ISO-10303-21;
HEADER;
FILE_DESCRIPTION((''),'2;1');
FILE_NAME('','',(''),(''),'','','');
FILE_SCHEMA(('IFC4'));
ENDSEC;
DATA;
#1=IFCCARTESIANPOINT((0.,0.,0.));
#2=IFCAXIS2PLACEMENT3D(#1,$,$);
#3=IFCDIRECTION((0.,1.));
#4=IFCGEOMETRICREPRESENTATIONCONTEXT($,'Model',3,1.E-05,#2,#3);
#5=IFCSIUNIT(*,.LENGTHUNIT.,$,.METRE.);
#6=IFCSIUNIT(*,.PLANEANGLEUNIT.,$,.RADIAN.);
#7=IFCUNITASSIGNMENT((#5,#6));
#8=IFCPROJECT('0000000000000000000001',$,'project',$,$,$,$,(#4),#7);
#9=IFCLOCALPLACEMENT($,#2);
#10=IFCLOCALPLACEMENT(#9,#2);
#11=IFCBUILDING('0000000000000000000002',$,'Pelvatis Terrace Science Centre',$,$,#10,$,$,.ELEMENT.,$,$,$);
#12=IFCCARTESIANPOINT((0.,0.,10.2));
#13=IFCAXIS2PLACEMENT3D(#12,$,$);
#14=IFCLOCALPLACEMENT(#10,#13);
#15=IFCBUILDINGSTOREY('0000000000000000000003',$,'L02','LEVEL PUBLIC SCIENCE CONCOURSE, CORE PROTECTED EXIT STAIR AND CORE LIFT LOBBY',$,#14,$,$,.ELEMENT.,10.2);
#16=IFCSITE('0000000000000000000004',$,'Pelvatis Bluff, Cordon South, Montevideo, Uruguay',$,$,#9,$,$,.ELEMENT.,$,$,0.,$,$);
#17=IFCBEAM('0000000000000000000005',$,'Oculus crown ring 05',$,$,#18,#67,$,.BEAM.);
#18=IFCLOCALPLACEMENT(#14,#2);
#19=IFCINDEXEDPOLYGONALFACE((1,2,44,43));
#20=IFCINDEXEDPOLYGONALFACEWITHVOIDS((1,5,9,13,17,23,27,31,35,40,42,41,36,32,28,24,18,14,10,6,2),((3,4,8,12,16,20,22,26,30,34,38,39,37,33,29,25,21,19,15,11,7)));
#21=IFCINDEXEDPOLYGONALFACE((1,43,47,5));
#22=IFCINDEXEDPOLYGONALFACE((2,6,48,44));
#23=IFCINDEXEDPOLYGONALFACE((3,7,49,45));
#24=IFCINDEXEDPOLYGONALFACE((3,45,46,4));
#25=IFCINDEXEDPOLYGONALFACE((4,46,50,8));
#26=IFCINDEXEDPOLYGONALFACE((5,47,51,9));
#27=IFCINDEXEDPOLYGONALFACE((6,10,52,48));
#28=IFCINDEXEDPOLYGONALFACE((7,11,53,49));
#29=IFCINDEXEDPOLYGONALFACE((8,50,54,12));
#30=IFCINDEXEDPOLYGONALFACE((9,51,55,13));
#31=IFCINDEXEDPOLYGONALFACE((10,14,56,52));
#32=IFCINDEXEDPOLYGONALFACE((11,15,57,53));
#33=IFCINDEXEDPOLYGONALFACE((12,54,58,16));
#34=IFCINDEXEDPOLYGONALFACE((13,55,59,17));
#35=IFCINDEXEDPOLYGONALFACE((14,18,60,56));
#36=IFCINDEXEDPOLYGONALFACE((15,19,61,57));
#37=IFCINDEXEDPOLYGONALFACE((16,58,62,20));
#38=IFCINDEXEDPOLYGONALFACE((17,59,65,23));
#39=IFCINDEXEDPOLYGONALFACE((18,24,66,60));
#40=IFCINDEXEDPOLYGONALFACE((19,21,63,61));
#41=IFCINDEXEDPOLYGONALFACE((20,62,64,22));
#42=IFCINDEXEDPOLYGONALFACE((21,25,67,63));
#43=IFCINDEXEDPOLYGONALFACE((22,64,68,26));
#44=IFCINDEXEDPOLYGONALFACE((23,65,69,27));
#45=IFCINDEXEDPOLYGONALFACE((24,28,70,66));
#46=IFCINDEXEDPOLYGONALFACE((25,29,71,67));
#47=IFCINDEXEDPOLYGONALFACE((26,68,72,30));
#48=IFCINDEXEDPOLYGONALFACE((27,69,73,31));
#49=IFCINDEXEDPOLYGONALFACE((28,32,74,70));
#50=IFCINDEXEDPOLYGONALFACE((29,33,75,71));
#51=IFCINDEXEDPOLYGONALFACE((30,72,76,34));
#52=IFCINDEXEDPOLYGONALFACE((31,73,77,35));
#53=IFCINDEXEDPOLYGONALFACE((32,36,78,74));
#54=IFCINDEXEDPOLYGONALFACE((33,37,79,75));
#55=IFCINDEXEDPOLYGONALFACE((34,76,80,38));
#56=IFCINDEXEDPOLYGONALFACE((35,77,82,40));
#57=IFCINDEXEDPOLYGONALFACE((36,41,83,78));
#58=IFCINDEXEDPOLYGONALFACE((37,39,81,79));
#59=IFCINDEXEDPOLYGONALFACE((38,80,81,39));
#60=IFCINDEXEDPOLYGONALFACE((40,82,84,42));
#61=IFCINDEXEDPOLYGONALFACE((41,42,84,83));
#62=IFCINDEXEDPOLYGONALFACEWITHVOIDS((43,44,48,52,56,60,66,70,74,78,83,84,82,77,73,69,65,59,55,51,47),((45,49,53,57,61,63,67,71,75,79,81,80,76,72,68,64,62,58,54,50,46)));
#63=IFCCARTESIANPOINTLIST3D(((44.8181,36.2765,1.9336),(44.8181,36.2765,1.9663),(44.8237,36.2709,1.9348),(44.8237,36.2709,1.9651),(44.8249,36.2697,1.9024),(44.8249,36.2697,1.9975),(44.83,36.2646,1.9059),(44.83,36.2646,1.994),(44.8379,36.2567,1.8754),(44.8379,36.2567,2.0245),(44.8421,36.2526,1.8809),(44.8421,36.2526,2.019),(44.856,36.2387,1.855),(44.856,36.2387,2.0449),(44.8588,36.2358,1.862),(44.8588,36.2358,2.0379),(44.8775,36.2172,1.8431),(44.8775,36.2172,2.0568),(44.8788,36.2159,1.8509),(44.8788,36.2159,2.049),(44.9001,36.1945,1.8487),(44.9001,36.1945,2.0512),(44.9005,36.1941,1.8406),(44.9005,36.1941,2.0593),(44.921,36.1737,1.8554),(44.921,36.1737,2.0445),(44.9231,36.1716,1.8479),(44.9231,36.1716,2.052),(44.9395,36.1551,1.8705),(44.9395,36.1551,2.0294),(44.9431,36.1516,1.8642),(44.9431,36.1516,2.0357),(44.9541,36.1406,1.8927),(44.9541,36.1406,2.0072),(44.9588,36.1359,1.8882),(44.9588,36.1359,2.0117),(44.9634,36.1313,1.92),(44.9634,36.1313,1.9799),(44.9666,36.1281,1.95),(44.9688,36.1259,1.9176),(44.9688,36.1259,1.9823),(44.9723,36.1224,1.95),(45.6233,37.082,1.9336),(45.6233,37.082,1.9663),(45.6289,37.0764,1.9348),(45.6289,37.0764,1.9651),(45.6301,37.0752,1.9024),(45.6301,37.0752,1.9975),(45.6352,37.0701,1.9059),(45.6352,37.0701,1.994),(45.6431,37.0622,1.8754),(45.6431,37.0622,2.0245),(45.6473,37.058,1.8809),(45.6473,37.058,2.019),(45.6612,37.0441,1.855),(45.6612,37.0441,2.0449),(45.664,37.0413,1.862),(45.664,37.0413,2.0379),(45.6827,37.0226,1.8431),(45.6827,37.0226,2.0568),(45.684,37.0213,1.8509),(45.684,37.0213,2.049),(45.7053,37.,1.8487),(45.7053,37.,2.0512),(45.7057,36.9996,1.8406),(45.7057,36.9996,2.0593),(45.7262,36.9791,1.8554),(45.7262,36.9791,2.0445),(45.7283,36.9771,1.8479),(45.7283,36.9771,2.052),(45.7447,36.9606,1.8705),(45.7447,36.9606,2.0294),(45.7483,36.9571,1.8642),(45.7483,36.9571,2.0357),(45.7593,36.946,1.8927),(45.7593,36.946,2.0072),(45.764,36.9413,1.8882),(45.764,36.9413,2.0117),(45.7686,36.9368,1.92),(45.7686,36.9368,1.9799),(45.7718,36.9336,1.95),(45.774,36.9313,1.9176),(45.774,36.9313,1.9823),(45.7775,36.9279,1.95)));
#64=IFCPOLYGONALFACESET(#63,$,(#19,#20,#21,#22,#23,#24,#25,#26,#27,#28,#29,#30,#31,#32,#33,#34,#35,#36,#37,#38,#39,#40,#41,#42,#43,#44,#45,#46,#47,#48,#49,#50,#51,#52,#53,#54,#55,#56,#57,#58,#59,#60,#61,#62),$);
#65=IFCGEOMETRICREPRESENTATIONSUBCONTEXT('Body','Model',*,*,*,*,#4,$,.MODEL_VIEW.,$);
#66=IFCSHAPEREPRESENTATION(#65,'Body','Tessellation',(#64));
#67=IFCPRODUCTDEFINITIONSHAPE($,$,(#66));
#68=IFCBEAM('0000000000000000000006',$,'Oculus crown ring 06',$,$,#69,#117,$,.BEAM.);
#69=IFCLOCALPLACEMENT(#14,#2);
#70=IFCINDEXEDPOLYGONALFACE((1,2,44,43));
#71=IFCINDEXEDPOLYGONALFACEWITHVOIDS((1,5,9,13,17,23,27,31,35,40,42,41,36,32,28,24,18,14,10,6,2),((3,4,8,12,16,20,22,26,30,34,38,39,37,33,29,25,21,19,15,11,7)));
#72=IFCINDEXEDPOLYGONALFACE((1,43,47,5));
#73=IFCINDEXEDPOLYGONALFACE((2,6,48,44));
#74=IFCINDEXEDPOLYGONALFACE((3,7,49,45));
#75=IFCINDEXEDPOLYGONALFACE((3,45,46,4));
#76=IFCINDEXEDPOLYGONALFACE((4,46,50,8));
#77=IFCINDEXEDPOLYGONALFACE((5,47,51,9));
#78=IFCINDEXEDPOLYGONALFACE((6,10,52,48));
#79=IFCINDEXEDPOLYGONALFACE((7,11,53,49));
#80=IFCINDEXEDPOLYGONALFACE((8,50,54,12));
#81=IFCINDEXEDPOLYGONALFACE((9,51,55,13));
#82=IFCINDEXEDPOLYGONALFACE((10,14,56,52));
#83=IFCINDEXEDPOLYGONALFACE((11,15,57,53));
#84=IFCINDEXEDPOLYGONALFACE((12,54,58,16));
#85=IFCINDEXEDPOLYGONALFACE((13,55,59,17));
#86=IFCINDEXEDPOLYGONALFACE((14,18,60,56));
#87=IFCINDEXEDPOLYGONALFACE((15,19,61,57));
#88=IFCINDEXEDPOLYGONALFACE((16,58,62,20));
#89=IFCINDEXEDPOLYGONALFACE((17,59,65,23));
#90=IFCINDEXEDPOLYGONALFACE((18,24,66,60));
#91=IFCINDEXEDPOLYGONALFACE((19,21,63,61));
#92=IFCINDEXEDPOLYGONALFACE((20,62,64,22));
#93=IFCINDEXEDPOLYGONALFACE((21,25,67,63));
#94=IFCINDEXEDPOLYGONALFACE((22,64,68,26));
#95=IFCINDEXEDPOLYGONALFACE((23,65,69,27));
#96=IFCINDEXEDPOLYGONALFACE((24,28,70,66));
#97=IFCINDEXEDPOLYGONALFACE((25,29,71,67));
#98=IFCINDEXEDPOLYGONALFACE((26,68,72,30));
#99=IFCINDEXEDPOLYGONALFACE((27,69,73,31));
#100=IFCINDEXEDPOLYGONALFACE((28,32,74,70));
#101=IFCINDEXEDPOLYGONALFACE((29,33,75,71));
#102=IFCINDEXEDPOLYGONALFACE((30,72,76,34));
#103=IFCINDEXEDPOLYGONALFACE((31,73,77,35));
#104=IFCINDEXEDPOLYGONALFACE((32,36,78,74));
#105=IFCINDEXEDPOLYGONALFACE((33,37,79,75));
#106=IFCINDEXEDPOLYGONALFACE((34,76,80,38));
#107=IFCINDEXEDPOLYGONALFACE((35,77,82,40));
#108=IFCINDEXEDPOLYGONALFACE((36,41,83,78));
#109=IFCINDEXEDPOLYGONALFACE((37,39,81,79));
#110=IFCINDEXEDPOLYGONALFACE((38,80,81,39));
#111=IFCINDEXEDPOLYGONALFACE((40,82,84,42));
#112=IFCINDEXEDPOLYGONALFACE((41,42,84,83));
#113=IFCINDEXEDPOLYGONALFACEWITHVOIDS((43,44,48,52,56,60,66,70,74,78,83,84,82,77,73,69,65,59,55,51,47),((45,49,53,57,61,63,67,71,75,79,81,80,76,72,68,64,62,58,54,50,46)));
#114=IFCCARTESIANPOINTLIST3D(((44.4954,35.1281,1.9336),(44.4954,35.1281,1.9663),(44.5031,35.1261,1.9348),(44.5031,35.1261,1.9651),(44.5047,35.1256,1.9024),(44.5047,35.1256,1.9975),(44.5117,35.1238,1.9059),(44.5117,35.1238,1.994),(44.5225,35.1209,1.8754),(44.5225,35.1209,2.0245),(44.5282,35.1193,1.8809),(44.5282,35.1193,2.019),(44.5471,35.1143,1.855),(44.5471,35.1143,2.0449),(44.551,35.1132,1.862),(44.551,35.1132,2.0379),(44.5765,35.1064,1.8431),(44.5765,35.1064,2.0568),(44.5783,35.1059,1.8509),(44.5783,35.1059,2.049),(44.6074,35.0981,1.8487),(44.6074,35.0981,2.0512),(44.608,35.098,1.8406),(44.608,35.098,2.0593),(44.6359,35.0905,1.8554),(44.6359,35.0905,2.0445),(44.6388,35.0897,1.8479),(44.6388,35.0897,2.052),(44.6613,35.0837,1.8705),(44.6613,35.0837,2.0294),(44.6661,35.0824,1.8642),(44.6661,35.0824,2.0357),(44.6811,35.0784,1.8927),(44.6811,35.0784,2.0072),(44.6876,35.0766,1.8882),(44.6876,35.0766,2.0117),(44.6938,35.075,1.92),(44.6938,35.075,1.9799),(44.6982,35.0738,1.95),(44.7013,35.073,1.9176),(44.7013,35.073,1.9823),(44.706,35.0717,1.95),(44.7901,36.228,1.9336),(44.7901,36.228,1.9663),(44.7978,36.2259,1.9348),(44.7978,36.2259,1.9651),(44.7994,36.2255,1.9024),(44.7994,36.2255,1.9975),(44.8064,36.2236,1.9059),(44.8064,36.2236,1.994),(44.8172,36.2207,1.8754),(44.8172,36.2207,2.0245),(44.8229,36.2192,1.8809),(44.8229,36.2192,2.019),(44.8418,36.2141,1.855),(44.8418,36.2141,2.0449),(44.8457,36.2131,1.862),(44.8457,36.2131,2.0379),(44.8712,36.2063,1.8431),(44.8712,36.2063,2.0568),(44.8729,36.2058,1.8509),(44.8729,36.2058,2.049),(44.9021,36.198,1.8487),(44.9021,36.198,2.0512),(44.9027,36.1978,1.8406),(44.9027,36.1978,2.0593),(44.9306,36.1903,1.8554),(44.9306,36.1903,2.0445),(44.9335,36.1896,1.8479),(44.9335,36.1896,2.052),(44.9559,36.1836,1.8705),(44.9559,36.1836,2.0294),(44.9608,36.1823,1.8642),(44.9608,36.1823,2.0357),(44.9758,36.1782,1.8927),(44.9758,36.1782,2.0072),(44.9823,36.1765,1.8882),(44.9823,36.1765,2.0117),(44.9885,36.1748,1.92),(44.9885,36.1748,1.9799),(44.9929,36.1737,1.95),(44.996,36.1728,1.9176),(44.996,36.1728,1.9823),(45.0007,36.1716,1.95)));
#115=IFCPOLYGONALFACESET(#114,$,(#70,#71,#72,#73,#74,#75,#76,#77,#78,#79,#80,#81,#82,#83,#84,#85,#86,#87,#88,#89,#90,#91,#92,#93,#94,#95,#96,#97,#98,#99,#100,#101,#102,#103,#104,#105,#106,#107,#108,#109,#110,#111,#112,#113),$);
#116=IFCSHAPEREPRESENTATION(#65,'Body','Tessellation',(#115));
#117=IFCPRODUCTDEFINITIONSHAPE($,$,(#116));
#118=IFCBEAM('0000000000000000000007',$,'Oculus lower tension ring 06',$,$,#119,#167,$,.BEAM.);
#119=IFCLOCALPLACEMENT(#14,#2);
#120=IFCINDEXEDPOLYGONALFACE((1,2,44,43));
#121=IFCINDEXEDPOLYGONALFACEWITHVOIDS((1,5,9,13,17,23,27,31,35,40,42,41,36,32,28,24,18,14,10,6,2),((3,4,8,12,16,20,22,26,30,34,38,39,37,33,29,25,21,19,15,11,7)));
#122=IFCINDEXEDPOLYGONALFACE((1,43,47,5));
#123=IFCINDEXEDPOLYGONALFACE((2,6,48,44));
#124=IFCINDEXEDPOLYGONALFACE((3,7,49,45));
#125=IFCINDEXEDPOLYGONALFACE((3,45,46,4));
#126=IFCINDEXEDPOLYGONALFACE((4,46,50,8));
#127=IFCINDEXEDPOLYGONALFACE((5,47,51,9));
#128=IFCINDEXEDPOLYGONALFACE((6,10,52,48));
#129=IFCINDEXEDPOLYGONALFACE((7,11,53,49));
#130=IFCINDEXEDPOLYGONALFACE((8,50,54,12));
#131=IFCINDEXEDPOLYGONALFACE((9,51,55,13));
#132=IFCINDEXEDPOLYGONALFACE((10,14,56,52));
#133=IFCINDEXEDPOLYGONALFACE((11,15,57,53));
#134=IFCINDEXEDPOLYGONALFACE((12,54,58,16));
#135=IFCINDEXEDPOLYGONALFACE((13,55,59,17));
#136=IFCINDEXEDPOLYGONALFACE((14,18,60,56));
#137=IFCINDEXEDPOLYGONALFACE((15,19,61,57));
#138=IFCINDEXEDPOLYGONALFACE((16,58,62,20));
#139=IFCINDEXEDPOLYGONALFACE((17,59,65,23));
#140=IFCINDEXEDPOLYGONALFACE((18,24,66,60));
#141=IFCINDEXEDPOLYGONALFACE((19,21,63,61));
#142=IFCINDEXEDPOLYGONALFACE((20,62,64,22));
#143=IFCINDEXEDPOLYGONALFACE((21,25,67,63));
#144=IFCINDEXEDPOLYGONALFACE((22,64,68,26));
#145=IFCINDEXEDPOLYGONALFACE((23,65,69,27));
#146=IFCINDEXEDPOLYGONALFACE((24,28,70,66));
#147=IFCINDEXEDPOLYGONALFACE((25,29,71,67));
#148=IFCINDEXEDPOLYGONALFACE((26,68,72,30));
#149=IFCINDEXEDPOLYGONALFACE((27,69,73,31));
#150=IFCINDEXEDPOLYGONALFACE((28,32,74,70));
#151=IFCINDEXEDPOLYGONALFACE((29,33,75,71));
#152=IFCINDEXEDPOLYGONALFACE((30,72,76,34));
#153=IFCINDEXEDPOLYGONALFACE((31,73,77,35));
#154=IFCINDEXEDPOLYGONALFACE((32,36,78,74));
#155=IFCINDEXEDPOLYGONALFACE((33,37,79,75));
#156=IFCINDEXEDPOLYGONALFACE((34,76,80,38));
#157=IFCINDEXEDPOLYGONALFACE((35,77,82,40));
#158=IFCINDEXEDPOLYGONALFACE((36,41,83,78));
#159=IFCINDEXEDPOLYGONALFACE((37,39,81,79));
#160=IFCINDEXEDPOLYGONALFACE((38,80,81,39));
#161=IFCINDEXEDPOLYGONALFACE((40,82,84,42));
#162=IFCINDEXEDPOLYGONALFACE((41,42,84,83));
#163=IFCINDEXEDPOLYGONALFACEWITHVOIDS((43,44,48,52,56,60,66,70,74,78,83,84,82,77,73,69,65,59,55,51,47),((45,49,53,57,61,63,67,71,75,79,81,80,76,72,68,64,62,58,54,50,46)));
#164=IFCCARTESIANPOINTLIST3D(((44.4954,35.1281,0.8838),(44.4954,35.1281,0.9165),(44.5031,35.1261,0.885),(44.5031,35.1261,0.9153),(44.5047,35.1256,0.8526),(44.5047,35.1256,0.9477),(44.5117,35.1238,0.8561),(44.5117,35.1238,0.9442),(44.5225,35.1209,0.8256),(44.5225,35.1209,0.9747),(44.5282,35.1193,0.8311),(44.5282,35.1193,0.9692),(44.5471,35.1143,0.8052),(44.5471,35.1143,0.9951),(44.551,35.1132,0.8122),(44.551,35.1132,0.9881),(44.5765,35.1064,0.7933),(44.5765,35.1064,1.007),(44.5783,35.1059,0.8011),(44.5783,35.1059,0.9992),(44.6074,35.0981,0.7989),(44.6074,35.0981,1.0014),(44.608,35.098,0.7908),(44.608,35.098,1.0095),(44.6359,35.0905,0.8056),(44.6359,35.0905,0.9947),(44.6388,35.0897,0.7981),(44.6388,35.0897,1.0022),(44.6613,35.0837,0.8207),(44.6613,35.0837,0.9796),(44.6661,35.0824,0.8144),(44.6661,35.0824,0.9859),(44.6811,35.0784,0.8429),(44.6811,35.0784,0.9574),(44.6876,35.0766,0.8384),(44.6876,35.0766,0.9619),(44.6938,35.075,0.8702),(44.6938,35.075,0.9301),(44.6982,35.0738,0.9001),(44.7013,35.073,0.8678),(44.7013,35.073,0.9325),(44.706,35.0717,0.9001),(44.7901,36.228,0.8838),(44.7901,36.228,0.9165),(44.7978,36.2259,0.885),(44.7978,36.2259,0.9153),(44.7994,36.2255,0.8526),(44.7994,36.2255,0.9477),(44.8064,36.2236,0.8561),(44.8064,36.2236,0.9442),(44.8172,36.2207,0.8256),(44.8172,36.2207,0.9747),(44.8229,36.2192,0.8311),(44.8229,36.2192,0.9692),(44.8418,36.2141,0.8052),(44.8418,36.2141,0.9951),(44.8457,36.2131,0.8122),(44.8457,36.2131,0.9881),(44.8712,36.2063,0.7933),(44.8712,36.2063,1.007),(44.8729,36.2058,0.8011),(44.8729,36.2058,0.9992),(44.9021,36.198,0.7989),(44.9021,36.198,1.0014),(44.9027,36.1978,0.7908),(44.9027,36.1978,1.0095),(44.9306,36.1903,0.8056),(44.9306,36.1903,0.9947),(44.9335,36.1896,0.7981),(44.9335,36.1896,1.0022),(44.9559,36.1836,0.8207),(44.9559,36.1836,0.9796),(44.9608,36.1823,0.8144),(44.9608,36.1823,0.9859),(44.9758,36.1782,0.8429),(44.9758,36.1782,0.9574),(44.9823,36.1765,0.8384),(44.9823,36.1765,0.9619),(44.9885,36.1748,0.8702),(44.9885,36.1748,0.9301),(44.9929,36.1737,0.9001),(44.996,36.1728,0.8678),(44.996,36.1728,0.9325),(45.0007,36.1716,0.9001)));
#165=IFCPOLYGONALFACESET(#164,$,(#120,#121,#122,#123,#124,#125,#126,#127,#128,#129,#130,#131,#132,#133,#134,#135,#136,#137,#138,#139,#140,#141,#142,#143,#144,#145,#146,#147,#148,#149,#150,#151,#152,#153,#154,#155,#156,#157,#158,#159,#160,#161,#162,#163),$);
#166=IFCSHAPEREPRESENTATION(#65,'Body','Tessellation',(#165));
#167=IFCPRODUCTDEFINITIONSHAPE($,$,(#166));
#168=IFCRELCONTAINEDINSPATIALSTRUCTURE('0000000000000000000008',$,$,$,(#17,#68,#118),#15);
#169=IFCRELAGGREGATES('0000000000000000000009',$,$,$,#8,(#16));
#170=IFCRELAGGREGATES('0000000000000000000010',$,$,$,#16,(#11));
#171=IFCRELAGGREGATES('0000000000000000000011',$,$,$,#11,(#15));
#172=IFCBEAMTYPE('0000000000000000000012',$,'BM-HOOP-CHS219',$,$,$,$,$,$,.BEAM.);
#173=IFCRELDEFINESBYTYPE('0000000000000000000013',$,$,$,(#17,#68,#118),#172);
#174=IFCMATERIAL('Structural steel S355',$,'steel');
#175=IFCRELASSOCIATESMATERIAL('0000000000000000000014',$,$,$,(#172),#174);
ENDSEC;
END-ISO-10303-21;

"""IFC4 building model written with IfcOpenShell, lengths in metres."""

from ifc_helpers import new_model, si_unit, direction, frame, origin, origin_2d, place, context, subcontext, project, spatial, hollow_circle, extrude, material, material_profile, profile_set, type_object, element, save


model = new_model("IFC4")

# Units and contexts
model_context = context("Model", 3, precision=1e-05, world=origin(), true_north=direction((0.0, 1.0)))
body_context = subcontext(model_context, "Body", "Model", "MODEL_VIEW")
ifc_project = project(units=[si_unit("LENGTHUNIT", "METRE"), si_unit("PLANEANGLEUNIT", "RADIAN")], contexts=[model_context])

# Site, building, storey
site_placement = place(None, origin())
site = spatial("IfcSite", under=ifc_project, at=site_placement, Name="Pelvatis Bluff, Cordon South, Montevideo, Uruguay", CompositionType="ELEMENT", RefElevation=0.0)
building_placement = place(site_placement, origin())
building = spatial("IfcBuilding", under=site, at=building_placement, Name="Pelvatis Terrace Science Centre", CompositionType="ELEMENT")
storey_placement = place(building_placement, frame((0.0, 0.0, 10.2)))
storey = spatial("IfcBuildingStorey", under=building, at=storey_placement, Name="L02", Description="LEVEL PUBLIC SCIENCE CONCOURSE, CORE PROTECTED EXIT STAIR AND CORE LIFT LOBBY", CompositionType="ELEMENT", Elevation=10.2)

# Beams
ifc_material_1 = material(Name="Structural steel S355", Category="steel")
ifc_material_profile_1 = material_profile(ifc_material_1, hollow_circle(Radius=0.1096, WallThickness=0.0081, at=origin_2d()), Name="CHS 219.1x8.0")
ifc_profile_set_1 = profile_set([ifc_material_profile_1], Name="Structural steel S355")
beam_type_1 = type_object("IfcBeamType", Name="BM-HOOP-CHS219", PredefinedType="BEAM", material=ifc_profile_set_1)
beam_1_placement = place(storey_placement, frame((45.7, 37.0054, 1.95), z_axis=(-0.707, -0.707214, 0.0), x_axis=(0.707214, -0.707, 0.0)))
element("IfcBeam", 1, at=beam_1_placement, inside=storey, type_object=beam_type_1, Name="Oculus crown ring 05", PredefinedType="BEAM", context=body_context, shape_type="SweptSolid", body=[
    extrude(hollow_circle(Radius=0.1096, WallThickness=0.0081, at=origin_2d()), origin(), (0.0, 0.0, 1.0), 1.1389),
])
for number, where, z_axis, x_axis, name in (
    (2, (44.8948, 36.2, 1.95), (-0.258797, -0.965932, 0.0), (0.965932, -0.258797, 0.0), "Oculus crown ring 06"),
    (3, (44.8948, 36.2, 0.9001), (-0.258797, -0.965932, 0.0), (0.965932, -0.258797, 0.0), "Oculus lower tension ring 06"),
):
    element("IfcBeam", number, at=place(storey_placement, frame(where, z_axis=z_axis, x_axis=x_axis)), inside=storey, type_object=beam_type_1, Name=name, PredefinedType="BEAM", context=body_context, shape_type="SweptSolid", body=[
        extrude(hollow_circle(Radius=0.1096, WallThickness=0.0081, at=origin_2d()), origin(), (0.0, 0.0, 1.0), 1.1387),
    ])

save(model, "model.ifc")
